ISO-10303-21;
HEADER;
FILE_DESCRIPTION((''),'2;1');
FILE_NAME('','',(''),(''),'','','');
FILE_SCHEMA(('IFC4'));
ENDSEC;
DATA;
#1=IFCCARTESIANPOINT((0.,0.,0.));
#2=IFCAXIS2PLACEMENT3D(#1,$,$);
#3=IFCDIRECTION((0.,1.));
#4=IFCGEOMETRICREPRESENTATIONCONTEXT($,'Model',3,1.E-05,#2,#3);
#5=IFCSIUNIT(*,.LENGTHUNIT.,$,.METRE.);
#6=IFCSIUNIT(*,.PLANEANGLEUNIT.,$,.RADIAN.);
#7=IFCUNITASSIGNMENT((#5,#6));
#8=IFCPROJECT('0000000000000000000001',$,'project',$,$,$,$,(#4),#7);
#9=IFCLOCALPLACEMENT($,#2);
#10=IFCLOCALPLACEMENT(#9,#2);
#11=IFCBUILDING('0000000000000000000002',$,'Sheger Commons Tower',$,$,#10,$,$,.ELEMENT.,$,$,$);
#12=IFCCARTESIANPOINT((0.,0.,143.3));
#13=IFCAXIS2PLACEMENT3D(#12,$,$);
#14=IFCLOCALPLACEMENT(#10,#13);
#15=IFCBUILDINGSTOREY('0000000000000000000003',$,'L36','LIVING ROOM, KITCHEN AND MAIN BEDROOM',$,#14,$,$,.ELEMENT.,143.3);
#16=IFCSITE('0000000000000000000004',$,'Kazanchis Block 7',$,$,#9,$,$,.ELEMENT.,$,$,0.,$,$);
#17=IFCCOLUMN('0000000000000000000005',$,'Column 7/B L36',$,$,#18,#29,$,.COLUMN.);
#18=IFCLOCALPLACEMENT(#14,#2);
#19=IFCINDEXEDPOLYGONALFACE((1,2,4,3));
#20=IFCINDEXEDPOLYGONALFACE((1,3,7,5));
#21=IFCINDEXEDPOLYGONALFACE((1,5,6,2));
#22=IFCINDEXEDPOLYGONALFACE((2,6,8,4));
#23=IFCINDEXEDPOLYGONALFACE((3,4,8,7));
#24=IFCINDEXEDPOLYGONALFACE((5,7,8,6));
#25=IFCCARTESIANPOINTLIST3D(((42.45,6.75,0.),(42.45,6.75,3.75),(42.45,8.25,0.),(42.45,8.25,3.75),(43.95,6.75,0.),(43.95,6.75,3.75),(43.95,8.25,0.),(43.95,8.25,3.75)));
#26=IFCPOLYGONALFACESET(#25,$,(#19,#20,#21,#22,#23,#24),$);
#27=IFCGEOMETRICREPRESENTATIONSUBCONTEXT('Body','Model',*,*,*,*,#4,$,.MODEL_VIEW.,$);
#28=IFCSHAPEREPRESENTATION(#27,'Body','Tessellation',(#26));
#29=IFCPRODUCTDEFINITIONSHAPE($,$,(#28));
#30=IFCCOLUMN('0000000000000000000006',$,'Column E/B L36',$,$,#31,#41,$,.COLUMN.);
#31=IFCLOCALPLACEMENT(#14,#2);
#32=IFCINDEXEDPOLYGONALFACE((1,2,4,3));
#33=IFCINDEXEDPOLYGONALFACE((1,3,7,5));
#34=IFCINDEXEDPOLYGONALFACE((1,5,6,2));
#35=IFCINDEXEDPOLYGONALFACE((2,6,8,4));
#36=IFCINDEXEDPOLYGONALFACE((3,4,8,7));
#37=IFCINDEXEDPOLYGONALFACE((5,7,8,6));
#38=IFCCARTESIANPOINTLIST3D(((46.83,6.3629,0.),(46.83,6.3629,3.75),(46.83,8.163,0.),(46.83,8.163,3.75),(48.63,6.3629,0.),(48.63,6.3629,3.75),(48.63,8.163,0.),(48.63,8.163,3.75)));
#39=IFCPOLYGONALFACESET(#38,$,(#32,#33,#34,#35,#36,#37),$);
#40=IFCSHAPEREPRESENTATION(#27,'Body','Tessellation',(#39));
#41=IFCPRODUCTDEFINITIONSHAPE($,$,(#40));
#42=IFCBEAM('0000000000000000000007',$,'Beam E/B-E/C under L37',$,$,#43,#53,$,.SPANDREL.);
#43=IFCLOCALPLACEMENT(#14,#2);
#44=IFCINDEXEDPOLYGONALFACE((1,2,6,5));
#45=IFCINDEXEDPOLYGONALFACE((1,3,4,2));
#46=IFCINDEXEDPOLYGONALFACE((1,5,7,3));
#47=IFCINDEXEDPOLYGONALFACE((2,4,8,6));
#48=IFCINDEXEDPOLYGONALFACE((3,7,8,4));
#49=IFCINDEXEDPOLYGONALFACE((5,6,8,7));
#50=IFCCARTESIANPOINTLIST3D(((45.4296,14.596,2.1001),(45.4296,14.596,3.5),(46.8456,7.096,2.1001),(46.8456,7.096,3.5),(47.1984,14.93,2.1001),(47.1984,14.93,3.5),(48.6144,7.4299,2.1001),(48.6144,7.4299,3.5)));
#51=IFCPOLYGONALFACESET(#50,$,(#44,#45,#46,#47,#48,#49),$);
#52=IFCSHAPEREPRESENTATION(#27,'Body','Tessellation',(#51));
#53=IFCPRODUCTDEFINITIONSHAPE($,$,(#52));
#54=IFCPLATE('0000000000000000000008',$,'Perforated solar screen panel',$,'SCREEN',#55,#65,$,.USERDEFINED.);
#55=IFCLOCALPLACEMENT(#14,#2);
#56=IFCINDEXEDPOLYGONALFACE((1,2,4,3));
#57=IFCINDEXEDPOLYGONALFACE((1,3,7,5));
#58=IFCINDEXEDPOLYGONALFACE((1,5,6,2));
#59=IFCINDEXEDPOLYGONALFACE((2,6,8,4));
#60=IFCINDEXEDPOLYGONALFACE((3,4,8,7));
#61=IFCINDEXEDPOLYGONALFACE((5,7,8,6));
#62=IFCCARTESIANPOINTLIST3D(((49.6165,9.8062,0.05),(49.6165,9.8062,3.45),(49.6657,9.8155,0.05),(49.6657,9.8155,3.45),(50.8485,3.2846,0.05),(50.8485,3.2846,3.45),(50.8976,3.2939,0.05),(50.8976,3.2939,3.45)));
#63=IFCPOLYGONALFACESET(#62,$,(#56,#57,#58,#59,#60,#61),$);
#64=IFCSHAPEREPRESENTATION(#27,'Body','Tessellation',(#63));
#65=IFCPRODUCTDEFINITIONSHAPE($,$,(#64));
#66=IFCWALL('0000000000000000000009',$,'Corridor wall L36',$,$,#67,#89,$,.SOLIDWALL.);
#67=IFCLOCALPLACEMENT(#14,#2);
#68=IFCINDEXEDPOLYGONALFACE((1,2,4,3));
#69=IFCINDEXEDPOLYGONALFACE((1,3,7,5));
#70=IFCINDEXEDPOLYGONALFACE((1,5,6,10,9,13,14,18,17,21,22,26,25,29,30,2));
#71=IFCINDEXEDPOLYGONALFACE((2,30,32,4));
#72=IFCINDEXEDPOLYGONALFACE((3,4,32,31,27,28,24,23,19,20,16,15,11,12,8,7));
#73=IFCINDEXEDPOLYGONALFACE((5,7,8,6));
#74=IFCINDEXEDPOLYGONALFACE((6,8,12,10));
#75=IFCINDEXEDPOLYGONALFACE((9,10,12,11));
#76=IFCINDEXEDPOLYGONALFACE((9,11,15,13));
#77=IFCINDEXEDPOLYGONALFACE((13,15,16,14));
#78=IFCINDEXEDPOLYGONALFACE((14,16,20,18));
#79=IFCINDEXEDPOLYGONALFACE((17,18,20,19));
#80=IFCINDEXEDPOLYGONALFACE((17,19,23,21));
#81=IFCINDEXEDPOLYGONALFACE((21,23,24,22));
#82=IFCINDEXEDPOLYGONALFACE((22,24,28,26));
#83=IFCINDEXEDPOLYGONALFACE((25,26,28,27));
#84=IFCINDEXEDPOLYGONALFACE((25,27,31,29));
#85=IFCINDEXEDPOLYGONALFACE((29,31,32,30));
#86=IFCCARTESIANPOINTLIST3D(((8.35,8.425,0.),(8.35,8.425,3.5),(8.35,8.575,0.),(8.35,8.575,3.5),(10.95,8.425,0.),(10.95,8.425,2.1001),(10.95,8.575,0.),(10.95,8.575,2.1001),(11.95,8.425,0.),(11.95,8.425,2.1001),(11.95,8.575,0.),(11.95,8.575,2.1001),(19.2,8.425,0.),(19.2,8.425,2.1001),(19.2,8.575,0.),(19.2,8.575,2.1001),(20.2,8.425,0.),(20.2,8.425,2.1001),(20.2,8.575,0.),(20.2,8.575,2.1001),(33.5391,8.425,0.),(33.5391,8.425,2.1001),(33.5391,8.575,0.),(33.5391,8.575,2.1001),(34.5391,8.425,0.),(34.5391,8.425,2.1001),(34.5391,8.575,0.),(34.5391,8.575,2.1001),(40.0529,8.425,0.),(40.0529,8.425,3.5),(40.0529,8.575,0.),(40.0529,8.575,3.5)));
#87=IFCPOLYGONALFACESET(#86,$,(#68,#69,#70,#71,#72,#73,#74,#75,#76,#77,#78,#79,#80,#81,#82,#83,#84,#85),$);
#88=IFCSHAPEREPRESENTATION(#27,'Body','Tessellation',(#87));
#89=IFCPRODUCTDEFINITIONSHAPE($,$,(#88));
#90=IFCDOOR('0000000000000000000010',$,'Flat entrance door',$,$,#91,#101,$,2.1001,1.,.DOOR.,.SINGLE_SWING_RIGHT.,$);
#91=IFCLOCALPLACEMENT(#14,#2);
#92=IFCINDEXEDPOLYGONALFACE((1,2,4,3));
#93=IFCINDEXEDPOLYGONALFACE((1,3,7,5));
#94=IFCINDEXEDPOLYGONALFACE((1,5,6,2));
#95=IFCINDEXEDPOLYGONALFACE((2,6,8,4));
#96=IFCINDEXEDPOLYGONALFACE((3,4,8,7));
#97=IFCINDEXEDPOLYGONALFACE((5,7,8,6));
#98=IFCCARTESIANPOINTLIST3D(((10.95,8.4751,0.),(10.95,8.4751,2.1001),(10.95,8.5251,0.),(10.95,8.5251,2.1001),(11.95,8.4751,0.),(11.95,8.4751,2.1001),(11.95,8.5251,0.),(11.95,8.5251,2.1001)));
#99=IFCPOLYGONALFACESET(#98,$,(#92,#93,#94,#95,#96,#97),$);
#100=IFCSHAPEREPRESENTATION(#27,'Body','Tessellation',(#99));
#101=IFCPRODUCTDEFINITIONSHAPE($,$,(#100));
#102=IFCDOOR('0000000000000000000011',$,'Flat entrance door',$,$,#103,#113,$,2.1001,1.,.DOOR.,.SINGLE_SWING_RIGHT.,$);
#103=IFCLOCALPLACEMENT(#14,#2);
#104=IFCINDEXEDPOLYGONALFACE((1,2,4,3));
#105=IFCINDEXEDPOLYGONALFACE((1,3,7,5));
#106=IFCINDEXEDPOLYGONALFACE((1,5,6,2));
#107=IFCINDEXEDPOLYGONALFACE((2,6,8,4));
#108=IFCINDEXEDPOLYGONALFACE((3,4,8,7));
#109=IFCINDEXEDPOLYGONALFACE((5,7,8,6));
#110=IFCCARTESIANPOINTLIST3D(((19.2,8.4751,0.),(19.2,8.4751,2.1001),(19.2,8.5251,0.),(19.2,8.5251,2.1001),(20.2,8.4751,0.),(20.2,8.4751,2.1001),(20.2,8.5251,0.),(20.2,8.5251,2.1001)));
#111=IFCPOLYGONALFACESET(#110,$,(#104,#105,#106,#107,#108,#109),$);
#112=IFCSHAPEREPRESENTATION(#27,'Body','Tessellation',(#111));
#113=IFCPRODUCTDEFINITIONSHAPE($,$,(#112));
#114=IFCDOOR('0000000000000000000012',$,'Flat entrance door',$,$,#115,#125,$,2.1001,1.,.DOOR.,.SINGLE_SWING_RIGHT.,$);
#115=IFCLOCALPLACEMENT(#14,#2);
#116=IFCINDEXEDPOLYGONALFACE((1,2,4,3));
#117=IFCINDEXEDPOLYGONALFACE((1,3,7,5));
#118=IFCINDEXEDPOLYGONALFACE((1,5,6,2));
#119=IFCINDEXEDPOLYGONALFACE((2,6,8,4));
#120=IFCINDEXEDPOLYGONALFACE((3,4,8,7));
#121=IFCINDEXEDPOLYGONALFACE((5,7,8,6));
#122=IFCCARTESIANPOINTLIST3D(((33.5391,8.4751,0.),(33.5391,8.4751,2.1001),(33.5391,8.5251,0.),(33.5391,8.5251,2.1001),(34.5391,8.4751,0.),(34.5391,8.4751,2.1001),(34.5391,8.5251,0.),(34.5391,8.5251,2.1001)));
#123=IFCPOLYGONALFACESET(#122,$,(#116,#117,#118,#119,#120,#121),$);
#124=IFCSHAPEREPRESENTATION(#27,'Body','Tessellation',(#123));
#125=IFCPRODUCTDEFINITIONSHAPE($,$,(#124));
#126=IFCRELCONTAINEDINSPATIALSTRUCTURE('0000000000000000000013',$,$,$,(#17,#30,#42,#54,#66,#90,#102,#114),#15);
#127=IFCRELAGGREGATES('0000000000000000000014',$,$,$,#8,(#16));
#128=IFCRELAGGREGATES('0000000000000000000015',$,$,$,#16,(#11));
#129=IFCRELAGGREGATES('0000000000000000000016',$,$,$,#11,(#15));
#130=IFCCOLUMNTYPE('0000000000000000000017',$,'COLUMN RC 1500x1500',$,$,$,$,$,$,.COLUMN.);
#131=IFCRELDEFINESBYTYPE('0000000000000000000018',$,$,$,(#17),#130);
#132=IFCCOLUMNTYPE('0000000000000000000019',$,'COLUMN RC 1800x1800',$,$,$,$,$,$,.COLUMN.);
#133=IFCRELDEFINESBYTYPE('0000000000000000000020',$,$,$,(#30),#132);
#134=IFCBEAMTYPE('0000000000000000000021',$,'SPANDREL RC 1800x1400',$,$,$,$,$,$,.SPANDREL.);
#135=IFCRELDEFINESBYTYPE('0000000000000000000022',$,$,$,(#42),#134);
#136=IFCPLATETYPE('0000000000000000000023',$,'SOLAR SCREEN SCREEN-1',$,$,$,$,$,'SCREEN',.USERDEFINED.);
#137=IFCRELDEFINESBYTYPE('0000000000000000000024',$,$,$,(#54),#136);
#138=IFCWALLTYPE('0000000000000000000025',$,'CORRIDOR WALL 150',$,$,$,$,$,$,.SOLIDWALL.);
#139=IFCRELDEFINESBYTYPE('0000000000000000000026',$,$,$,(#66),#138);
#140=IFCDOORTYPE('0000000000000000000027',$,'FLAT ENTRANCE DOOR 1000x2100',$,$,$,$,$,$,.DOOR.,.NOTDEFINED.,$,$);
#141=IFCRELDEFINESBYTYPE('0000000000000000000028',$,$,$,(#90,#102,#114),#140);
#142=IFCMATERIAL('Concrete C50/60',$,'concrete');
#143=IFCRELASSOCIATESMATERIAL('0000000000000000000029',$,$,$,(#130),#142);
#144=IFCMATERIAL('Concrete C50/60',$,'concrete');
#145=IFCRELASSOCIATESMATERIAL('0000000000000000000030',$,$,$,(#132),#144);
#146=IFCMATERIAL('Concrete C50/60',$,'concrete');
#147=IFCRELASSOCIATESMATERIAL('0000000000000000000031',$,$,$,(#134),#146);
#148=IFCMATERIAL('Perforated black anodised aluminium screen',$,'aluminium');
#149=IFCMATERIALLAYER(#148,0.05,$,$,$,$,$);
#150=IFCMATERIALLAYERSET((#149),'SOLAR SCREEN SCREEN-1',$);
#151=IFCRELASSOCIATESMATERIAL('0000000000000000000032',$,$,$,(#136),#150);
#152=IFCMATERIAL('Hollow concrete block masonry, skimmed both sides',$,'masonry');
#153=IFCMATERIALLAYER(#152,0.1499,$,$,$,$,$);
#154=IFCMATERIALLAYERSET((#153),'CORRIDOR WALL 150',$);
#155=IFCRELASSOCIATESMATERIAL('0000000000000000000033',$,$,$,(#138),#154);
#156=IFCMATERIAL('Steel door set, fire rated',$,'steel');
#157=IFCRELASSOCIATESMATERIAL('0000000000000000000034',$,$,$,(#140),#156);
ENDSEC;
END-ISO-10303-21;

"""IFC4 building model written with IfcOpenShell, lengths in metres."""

from ifc_helpers import new_model, si_unit, direction, frame, frame_2d, origin, origin_2d, place, context, subcontext, project, spatial, rectangle, extrude, material, layer, layer_set, material_profile, profile_set, type_object, element, fill, save


model = new_model("IFC4")

# Units and contexts
model_context = context("Model", 3, precision=1e-05, world=origin(), true_north=direction((0.0, 1.0)))
body_context = subcontext(model_context, "Body", "Model", "MODEL_VIEW")
ifc_project = project(units=[si_unit("LENGTHUNIT", "METRE"), si_unit("PLANEANGLEUNIT", "RADIAN")], contexts=[model_context])

# Site, building, storey
site_placement = place(None, origin())
site = spatial("IfcSite", under=ifc_project, at=site_placement, Name="Kazanchis Block 7", CompositionType="ELEMENT", RefElevation=0.0)
building_placement = place(site_placement, origin())
building = spatial("IfcBuilding", under=site, at=building_placement, Name="Sheger Commons Tower", CompositionType="ELEMENT")
storey_placement = place(building_placement, frame((0.0, 0.0, 143.3)))
storey = spatial("IfcBuildingStorey", under=building, at=storey_placement, Name="L36", Description="LIVING ROOM, KITCHEN AND MAIN BEDROOM", CompositionType="ELEMENT", Elevation=143.3)

# Columns
ifc_material_1 = material(Name="Concrete C50/60", Category="concrete")
ifc_material_profile_1 = material_profile(ifc_material_1, rectangle(XDim=1.5, YDim=1.5, at=origin_2d()), Name="RC 1500x1500")
ifc_profile_set_1 = profile_set([ifc_material_profile_1], Name="Concrete C50/60")
column_type_1 = type_object("IfcColumnType", Name="COLUMN RC 1500x1500", PredefinedType="COLUMN", material=ifc_profile_set_1)
column_1_placement = place(storey_placement, frame((43.2, 7.5, 0.0), z_axis=(0.0, 0.0, 1.0), x_axis=(1.0, 0.0, 0.0)))
element("IfcColumn", 1, at=column_1_placement, inside=storey, type_object=column_type_1, Name="Column 7/B L36", PredefinedType="COLUMN", context=body_context, shape_type="SweptSolid", body=[
    extrude(rectangle(XDim=1.5, YDim=1.5, at=origin_2d()), origin(), (0.0, 0.0, 1.0), 3.75),
])
ifc_material_2 = material(Name="Concrete C50/60", Category="concrete")
ifc_material_profile_2 = material_profile(ifc_material_2, rectangle(XDim=1.8, YDim=1.8, at=origin_2d()), Name="RC 1800x1800")
ifc_profile_set_2 = profile_set([ifc_material_profile_2], Name="Concrete C50/60")
column_type_2 = type_object("IfcColumnType", Name="COLUMN RC 1800x1800", PredefinedType="COLUMN", material=ifc_profile_set_2)
column_2_placement = place(storey_placement, frame((47.73, 7.2629, 0.0), z_axis=(0.0, 0.0, 1.0), x_axis=(1.0, 0.0, 0.0)))
element("IfcColumn", 2, at=column_2_placement, inside=storey, type_object=column_type_2, Name="Column E/B L36", PredefinedType="COLUMN", context=body_context, shape_type="SweptSolid", body=[
    extrude(rectangle(XDim=1.8, YDim=1.8, at=origin_2d()), origin(), (0.0, 0.0, 1.0), 3.75),
])

# Beam
ifc_material_3 = material(Name="Concrete C50/60", Category="concrete")
ifc_material_profile_3 = material_profile(ifc_material_3, rectangle(XDim=1.8, YDim=1.3999, at=origin_2d()), Name="RC 1800x1400")
ifc_profile_set_3 = profile_set([ifc_material_profile_3], Name="Concrete C50/60")
beam_type = type_object("IfcBeamType", Name="SPANDREL RC 1800x1400", PredefinedType="SPANDREL", material=ifc_profile_set_3)
beam_placement = place(storey_placement, frame((47.73, 7.2629, 2.8), z_axis=(-0.185524, 0.98264, 0.0), x_axis=(-0.98264, -0.185524, 0.0)))
element("IfcBeam", 3, at=beam_placement, inside=storey, type_object=beam_type, Name="Beam E/B-E/C under L37", PredefinedType="SPANDREL", context=body_context, shape_type="SweptSolid", body=[
    extrude(rectangle(XDim=1.8, YDim=1.3999, at=origin_2d()), origin(), (0.0, 0.0, 1.0), 7.6326),
])

# Plate
ifc_material_4 = material(Name="Perforated black anodised aluminium screen", Category="aluminium")
ifc_layer_1 = layer(ifc_material_4, 0.05)
ifc_layer_set_1 = layer_set([ifc_layer_1], Name="SOLAR SCREEN SCREEN-1")
plate_type = type_object("IfcPlateType", Name="SOLAR SCREEN SCREEN-1", ElementType="SCREEN", PredefinedType="USERDEFINED", material=ifc_layer_set_1)
plate_placement = place(storey_placement, frame((50.2571, 6.55, 0.05), z_axis=(0.0, 0.0, 1.0), x_axis=(-0.185615, 0.982623, 0.0)))
element("IfcPlate", 4, at=plate_placement, inside=storey, type_object=plate_type, Name="Perforated solar screen panel", ObjectType="SCREEN", PredefinedType="USERDEFINED", context=body_context, shape_type="SweptSolid", body=[
    extrude(rectangle(XDim=6.637, YDim=0.05, at=origin_2d()), origin(), (0.0, 0.0, 1.0), 3.3999),
])

# Wall, openings, doors
ifc_material_5 = material(Name="Hollow concrete block masonry, skimmed both sides", Category="masonry")
ifc_layer_2 = layer(ifc_material_5, 0.1499)
ifc_layer_set_2 = layer_set([ifc_layer_2], Name="CORRIDOR WALL 150")
wall_type_1 = type_object("IfcWallType", Name="CORRIDOR WALL 150", PredefinedType="SOLIDWALL", material=ifc_layer_set_2)
wall_1_placement = place(storey_placement, frame((40.053, 8.5, 0.0), z_axis=(0.0, 0.0, 1.0), x_axis=(-1.0, 0.0, 0.0)))
wall_1 = element("IfcWall", 5, at=wall_1_placement, inside=storey, type_object=wall_type_1, Name="Corridor wall L36", PredefinedType="SOLIDWALL", context=body_context, shape_type="SweptSolid", body=[
    extrude(rectangle(XDim=31.7029, YDim=0.1499, at=frame_2d((15.8516, 0.0))), origin(), (0.0, 0.0, 1.0), 3.5),
])
opening_1_placement = place(wall_1_placement, frame((28.103, 0.0, 0.0)))
opening_1 = element("IfcOpeningElement", 6, at=opening_1_placement, cuts=wall_1, PredefinedType="OPENING", context=body_context, shape_type="SweptSolid", body=[
    extrude(rectangle(XDim=1.0, YDim=2.1001, at=frame_2d((0.5, 1.05))), frame((0.0, 0.085, 0.0), z_axis=(0.0, -1.0, 0.0), x_axis=(1.0, 0.0, 0.0)), (0.0, 0.0, 1.0), 0.1699),
])
opening_2_placement = place(wall_1_placement, frame((19.853, 0.0, 0.0)))
opening_2 = element("IfcOpeningElement", 7, at=opening_2_placement, cuts=wall_1, PredefinedType="OPENING", context=body_context, shape_type="SweptSolid", body=[
    extrude(rectangle(XDim=1.0, YDim=2.1001, at=frame_2d((0.5, 1.05))), frame((0.0, 0.085, 0.0), z_axis=(0.0, -1.0, 0.0), x_axis=(1.0, 0.0, 0.0)), (0.0, 0.0, 1.0), 0.1699),
])
opening_3_placement = place(wall_1_placement, frame((5.5139, 0.0, 0.0)))
opening_3 = element("IfcOpeningElement", 8, at=opening_3_placement, cuts=wall_1, PredefinedType="OPENING", context=body_context, shape_type="SweptSolid", body=[
    extrude(rectangle(XDim=1.0, YDim=2.1001, at=frame_2d((0.5, 1.05))), frame((0.0, 0.085, 0.0), z_axis=(0.0, -1.0, 0.0), x_axis=(1.0, 0.0, 0.0)), (0.0, 0.0, 1.0), 0.1699),
])
ifc_material_6 = material(Name="Steel door set, fire rated", Category="steel")
door_type_1 = type_object("IfcDoorType", Name="FLAT ENTRANCE DOOR 1000x2100", OperationType="NOTDEFINED", PredefinedType="DOOR", material=ifc_material_6)
door_1_placement = place(opening_1_placement, origin())
door_1 = element("IfcDoor", 9, at=door_1_placement, inside=storey, type_object=door_type_1, Name="Flat entrance door", OperationType="SINGLE_SWING_RIGHT", OverallHeight=2.1001, OverallWidth=1.0, PredefinedType="DOOR", context=body_context, shape_type="SweptSolid", body=[
    extrude(rectangle(XDim=1.0, YDim=2.1001, at=frame_2d((0.5, 1.05))), frame((0.0, 0.0249, 0.0), z_axis=(0.0, -1.0, 0.0), x_axis=(1.0, 0.0, 0.0)), (0.0, 0.0, 1.0), 0.05),
])
fill(opening_1, door_1)
door_2_placement = place(opening_2_placement, origin())
door_2 = element("IfcDoor", 10, at=door_2_placement, inside=storey, type_object=door_type_1, Name="Flat entrance door", OperationType="SINGLE_SWING_RIGHT", OverallHeight=2.1001, OverallWidth=1.0, PredefinedType="DOOR", context=body_context, shape_type="SweptSolid", body=[
    extrude(rectangle(XDim=1.0, YDim=2.1001, at=frame_2d((0.5, 1.05))), frame((0.0, 0.0249, 0.0), z_axis=(0.0, -1.0, 0.0), x_axis=(1.0, 0.0, 0.0)), (0.0, 0.0, 1.0), 0.05),
])
fill(opening_2, door_2)
door_3_placement = place(opening_3_placement, origin())
door_3 = element("IfcDoor", 11, at=door_3_placement, inside=storey, type_object=door_type_1, Name="Flat entrance door", OperationType="SINGLE_SWING_RIGHT", OverallHeight=2.1001, OverallWidth=1.0, PredefinedType="DOOR", context=body_context, shape_type="SweptSolid", body=[
    extrude(rectangle(XDim=1.0, YDim=2.1001, at=frame_2d((0.5, 1.05))), frame((0.0, 0.0249, 0.0), z_axis=(0.0, -1.0, 0.0), x_axis=(1.0, 0.0, 0.0)), (0.0, 0.0, 1.0), 0.05),
])
fill(opening_3, door_3)

save(model, "model.ifc")
